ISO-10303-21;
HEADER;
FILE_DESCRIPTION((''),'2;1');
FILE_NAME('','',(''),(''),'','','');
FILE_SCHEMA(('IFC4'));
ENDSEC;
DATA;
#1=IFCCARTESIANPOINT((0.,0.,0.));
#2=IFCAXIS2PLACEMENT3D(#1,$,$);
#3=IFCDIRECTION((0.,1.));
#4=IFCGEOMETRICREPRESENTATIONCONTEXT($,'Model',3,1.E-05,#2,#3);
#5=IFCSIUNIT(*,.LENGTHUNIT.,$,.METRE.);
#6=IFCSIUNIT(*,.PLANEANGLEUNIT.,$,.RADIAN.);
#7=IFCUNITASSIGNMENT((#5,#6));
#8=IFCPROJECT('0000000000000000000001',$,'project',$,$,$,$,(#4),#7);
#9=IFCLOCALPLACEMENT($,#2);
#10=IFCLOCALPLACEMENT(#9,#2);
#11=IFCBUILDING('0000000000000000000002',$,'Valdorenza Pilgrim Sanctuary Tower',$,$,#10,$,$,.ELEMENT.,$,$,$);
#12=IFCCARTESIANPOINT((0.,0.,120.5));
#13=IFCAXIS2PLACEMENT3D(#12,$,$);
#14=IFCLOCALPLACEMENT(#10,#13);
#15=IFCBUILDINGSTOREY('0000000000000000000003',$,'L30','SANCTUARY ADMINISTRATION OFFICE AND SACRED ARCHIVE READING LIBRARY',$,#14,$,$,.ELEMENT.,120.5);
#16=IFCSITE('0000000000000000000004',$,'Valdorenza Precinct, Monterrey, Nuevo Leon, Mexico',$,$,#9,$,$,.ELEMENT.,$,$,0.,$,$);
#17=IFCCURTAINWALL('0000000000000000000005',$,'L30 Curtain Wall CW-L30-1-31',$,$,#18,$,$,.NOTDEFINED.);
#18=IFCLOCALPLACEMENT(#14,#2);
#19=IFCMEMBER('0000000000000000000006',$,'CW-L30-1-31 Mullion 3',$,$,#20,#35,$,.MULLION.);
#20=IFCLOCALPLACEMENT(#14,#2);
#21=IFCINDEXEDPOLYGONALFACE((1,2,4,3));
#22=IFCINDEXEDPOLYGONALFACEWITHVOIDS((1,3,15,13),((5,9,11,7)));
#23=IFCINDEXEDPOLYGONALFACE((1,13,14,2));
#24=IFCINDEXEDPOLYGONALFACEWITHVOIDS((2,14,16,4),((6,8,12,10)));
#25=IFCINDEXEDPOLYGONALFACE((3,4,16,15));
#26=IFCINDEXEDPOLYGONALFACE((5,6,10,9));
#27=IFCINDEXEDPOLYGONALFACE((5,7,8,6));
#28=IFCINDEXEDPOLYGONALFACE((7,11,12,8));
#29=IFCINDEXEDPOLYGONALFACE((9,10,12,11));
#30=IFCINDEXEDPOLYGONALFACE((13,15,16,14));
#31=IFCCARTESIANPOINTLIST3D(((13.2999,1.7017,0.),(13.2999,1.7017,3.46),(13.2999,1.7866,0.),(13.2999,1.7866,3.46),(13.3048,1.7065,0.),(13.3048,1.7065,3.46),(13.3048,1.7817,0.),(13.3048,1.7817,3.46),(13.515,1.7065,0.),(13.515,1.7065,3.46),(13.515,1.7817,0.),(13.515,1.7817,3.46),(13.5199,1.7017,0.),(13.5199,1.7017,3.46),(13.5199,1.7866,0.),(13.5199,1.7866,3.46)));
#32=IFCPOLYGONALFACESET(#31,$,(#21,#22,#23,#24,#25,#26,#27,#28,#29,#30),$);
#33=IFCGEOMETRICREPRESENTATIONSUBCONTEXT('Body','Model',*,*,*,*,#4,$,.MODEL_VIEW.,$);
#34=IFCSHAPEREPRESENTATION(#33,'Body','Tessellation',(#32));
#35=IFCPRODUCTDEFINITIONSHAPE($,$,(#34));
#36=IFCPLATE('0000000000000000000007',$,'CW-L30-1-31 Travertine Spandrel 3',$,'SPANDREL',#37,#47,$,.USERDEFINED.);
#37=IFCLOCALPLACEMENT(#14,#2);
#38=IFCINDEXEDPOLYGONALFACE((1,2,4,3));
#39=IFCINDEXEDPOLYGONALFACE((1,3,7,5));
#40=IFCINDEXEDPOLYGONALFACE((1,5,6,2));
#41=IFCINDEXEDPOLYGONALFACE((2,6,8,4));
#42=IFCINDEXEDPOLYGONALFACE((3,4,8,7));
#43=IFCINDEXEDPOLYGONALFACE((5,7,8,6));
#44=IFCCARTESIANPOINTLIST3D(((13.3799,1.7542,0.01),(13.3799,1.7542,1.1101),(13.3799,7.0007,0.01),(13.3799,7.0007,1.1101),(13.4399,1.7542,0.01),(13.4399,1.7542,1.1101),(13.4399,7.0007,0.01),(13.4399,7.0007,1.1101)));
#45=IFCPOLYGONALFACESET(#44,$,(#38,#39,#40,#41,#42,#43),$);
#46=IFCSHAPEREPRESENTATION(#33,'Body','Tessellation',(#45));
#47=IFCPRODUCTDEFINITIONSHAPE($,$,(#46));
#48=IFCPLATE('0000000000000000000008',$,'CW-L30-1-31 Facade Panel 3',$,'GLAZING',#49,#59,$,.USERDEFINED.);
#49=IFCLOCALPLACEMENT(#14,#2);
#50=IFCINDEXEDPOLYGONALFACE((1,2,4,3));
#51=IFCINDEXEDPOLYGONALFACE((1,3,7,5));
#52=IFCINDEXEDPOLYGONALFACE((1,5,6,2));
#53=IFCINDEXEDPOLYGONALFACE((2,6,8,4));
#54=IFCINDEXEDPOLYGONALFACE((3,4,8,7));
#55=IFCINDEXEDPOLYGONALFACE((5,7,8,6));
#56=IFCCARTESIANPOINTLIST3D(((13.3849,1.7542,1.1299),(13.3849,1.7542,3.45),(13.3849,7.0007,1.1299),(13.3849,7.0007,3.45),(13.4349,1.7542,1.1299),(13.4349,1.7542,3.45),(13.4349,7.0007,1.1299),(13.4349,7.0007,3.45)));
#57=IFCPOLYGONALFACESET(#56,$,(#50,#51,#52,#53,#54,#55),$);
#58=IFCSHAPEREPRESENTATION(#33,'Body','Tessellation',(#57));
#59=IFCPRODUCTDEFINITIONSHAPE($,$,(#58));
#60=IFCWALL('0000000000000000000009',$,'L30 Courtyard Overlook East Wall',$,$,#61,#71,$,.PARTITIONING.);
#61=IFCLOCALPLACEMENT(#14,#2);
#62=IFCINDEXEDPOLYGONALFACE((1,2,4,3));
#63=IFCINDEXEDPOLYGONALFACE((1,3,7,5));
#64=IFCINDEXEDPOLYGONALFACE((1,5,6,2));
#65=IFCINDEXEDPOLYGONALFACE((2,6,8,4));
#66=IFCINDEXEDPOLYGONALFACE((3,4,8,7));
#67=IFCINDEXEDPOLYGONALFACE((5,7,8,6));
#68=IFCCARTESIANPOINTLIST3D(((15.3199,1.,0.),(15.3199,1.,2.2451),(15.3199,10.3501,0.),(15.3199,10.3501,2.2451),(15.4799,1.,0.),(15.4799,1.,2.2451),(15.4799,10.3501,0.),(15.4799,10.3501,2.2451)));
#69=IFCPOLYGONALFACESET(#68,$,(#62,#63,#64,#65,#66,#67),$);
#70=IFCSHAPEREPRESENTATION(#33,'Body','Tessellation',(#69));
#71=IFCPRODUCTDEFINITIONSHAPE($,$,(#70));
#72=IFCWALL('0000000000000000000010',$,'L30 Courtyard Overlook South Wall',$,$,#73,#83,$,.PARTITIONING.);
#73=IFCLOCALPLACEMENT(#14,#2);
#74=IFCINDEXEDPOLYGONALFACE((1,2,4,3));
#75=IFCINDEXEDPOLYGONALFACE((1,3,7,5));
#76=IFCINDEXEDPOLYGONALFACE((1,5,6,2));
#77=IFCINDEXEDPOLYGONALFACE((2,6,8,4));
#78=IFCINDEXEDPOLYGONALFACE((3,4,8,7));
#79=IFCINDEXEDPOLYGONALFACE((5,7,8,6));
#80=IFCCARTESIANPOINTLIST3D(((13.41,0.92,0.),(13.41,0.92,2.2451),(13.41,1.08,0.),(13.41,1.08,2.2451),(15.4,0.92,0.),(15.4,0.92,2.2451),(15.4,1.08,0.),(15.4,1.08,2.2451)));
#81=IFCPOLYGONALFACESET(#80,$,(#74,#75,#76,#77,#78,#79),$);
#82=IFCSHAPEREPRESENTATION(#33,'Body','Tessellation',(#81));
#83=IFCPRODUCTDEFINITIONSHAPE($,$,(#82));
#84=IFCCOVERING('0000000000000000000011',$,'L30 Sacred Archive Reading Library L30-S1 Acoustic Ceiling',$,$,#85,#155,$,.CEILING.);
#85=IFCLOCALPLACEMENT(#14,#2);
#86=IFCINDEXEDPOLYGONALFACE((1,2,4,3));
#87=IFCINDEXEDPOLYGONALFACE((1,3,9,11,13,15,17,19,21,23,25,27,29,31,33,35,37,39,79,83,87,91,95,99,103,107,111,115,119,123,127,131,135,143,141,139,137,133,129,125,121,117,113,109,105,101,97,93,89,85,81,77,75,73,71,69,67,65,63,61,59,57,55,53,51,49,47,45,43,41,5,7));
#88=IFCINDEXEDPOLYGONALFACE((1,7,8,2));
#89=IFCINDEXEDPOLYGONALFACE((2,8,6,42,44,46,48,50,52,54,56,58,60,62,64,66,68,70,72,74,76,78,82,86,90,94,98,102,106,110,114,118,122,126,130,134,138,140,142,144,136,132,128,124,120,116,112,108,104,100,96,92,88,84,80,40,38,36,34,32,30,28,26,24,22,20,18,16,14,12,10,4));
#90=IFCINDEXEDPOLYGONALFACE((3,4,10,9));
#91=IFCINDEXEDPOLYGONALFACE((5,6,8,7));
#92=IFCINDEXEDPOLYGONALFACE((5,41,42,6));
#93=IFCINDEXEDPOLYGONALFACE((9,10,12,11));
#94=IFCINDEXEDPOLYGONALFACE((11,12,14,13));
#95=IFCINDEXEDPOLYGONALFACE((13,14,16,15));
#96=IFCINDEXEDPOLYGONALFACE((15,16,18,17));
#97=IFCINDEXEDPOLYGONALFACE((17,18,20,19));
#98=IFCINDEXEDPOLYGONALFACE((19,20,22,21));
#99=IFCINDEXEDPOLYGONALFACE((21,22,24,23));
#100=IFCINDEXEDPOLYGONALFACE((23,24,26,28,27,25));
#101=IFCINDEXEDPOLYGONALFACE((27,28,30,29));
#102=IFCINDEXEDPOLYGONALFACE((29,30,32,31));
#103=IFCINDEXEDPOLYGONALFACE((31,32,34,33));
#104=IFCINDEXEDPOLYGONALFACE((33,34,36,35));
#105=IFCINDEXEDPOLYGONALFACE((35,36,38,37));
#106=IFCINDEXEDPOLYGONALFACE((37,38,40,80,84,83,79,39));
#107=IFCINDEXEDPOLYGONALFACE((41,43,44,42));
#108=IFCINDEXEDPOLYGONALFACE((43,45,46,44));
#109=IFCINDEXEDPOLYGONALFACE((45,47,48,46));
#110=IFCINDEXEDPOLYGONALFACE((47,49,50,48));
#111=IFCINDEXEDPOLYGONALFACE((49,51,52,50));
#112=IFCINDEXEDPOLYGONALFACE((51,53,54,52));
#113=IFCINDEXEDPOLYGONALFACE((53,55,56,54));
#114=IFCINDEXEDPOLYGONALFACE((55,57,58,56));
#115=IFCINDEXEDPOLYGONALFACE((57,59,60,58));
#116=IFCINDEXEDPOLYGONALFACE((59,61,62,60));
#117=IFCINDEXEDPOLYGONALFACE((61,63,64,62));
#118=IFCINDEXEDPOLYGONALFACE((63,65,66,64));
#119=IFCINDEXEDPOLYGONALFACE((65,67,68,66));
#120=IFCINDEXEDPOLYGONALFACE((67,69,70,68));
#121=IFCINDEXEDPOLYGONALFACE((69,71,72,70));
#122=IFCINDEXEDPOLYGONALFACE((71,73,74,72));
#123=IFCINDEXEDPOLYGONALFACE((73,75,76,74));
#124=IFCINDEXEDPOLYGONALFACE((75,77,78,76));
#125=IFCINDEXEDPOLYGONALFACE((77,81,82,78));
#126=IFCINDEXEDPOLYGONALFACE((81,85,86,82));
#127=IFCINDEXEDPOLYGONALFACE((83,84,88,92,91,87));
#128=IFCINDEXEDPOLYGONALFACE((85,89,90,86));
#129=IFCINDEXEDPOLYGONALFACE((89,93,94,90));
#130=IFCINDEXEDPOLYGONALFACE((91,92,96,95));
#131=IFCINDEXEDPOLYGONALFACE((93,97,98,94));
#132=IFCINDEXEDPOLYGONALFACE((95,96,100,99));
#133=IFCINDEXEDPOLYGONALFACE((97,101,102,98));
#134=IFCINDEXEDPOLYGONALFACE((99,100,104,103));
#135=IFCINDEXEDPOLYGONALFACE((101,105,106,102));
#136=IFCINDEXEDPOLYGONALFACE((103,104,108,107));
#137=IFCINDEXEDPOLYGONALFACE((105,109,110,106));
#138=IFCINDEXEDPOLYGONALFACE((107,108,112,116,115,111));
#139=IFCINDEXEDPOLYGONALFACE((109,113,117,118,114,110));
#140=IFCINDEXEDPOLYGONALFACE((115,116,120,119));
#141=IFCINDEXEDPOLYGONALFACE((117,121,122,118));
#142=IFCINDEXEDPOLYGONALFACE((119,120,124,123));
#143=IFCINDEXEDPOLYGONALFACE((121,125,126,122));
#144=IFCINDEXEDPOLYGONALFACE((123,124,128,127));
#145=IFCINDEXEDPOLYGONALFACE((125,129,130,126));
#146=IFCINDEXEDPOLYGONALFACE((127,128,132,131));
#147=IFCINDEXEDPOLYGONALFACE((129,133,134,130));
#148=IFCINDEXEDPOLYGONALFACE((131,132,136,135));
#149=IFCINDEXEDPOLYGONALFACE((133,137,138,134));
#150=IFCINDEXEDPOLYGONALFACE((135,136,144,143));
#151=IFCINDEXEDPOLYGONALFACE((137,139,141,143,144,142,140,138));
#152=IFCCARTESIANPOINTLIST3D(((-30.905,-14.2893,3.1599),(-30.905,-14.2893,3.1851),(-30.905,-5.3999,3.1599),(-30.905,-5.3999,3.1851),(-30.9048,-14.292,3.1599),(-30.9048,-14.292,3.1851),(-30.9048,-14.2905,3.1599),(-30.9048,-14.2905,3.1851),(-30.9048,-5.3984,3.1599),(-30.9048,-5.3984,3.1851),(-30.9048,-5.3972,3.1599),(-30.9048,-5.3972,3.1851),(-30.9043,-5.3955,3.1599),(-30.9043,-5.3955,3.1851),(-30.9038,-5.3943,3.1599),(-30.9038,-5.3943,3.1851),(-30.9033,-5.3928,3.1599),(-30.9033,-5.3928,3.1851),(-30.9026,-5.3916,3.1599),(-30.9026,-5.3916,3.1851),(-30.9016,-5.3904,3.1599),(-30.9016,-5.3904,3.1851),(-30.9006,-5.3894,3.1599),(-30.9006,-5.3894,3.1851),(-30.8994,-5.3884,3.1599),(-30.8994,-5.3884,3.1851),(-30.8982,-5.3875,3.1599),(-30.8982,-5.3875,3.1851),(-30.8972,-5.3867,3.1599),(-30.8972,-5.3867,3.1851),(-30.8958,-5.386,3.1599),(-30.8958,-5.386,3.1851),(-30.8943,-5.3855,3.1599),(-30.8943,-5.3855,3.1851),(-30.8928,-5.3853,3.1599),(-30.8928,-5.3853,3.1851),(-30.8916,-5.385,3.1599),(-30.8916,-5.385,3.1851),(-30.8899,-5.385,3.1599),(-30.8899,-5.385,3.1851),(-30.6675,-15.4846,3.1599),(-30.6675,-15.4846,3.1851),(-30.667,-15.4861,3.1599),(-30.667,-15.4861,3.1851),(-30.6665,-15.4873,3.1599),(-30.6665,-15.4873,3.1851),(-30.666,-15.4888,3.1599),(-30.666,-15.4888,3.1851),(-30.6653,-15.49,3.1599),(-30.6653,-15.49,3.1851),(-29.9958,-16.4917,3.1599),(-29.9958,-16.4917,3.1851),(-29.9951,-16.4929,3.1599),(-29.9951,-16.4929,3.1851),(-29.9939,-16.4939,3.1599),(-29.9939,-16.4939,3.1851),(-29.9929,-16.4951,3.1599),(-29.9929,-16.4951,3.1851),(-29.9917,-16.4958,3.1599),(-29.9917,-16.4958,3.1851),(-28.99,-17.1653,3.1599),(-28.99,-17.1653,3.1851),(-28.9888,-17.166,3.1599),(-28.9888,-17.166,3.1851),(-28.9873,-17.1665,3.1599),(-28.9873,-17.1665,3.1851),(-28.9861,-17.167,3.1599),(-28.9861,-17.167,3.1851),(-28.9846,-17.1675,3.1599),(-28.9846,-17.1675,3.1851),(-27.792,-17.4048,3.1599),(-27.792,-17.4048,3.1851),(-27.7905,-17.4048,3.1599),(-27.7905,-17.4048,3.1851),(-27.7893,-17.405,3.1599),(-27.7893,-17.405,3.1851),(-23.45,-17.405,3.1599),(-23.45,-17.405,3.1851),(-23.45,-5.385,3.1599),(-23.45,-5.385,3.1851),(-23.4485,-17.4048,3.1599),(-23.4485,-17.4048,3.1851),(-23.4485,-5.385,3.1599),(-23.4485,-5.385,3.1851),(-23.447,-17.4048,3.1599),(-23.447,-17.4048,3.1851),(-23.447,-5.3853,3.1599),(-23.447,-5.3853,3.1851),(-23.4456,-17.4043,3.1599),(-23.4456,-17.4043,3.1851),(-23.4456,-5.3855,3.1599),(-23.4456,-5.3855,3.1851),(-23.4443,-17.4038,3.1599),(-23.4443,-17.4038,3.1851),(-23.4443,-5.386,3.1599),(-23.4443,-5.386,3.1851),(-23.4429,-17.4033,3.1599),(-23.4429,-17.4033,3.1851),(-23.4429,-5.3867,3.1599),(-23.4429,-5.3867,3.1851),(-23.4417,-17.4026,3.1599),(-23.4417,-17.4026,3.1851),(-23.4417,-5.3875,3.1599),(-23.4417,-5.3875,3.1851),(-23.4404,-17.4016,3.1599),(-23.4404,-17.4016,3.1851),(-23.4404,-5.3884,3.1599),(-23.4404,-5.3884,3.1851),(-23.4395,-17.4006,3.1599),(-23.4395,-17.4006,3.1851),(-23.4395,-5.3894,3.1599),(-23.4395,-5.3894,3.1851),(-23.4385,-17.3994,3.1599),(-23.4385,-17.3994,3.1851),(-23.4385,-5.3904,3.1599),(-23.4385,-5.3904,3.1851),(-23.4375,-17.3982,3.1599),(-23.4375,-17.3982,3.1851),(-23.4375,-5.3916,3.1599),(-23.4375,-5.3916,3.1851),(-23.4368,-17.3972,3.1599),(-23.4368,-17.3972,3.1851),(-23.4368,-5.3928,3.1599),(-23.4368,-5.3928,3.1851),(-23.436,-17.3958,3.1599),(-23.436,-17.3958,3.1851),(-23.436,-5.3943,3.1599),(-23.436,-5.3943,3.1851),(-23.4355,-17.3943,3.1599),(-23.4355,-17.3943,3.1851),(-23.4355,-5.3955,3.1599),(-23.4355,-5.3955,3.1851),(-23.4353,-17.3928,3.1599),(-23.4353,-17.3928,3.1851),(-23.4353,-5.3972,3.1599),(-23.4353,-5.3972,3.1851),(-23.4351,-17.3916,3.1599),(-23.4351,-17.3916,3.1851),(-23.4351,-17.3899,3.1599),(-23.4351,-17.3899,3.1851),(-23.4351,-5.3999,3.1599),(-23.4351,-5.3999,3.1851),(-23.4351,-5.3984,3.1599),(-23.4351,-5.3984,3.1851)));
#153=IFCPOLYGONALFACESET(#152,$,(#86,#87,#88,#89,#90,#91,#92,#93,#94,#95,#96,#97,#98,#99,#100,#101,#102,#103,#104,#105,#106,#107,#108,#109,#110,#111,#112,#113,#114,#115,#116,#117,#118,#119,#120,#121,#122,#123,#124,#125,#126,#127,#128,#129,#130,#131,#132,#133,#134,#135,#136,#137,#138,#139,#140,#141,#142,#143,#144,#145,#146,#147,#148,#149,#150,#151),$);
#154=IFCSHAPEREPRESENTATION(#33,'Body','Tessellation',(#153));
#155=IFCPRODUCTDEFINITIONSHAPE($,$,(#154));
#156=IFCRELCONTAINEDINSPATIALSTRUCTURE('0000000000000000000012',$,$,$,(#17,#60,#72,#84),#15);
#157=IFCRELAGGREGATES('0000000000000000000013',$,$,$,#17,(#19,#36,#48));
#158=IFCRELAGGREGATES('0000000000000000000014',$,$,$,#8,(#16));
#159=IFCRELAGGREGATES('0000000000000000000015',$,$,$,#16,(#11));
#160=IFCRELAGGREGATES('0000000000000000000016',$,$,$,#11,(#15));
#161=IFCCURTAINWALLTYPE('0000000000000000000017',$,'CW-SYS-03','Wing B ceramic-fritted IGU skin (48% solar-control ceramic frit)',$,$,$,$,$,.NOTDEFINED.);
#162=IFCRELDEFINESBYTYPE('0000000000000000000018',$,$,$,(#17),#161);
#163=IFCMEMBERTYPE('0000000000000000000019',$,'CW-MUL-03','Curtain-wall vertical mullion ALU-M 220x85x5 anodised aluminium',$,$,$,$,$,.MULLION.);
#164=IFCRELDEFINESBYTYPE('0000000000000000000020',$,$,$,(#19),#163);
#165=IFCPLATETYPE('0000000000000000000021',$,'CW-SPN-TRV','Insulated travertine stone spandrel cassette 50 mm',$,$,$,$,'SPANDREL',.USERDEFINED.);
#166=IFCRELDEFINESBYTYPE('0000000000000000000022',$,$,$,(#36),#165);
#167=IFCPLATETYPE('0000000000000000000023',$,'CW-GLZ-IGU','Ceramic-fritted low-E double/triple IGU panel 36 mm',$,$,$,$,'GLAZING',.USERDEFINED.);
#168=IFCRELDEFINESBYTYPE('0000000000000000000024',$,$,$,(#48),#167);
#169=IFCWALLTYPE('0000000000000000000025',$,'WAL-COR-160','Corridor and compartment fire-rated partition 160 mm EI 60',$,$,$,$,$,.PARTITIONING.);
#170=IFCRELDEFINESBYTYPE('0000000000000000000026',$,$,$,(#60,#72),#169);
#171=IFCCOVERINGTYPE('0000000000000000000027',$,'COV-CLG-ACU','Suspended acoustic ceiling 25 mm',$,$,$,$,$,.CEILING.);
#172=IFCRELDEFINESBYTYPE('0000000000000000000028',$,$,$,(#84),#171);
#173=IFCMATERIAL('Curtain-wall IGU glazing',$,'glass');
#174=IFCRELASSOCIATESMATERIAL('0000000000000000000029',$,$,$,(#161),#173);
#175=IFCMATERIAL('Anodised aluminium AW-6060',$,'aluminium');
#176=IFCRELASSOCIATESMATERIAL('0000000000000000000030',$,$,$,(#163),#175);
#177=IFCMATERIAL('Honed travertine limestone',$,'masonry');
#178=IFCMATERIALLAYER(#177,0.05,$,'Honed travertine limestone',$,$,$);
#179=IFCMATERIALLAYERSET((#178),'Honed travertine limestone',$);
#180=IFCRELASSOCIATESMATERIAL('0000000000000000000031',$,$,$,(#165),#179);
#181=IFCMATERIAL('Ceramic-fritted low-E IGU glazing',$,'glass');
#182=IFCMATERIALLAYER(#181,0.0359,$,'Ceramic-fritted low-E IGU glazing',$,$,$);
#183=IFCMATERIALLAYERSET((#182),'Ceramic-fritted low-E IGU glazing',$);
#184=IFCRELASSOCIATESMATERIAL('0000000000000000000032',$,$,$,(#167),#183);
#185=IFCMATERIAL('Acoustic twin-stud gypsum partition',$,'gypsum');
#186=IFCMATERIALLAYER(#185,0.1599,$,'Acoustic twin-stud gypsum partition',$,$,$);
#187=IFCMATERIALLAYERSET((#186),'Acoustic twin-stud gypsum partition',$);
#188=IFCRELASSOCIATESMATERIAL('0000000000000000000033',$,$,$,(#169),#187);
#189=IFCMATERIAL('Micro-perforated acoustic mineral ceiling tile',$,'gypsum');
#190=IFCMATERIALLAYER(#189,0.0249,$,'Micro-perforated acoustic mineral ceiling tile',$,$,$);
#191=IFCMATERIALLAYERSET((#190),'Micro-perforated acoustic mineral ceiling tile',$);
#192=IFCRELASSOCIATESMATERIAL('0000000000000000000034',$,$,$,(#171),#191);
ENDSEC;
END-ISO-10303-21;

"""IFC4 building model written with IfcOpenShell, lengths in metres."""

from ifc_helpers import new_model, si_unit, direction, frame, frame_2d, origin, origin_2d, place, context, subcontext, project, spatial, polyline, rectangle, hollow_rectangle, outline, extrude, source, transform, mapped, material, layer, layer_set, material_profile, profile_set, type_object, element, aggregate, save


model = new_model("IFC4")

# Units and contexts
model_context = context("Model", 3, precision=1e-05, world=origin(), true_north=direction((0.0, 1.0)))
body_context = subcontext(model_context, "Body", "Model", "MODEL_VIEW")
ifc_project = project(units=[si_unit("LENGTHUNIT", "METRE"), si_unit("PLANEANGLEUNIT", "RADIAN")], contexts=[model_context])

# Site, building, storey
site_placement = place(None, origin())
site = spatial("IfcSite", under=ifc_project, at=site_placement, Name="Valdorenza Precinct, Monterrey, Nuevo Leon, Mexico", CompositionType="ELEMENT", RefElevation=0.0)
building_placement = place(site_placement, origin())
building = spatial("IfcBuilding", under=site, at=building_placement, Name="Valdorenza Pilgrim Sanctuary Tower", CompositionType="ELEMENT")
storey_placement = place(building_placement, frame((0.0, 0.0, 120.5)))
storey = spatial("IfcBuildingStorey", under=building, at=storey_placement, Name="L30", Description="SANCTUARY ADMINISTRATION OFFICE AND SACRED ARCHIVE READING LIBRARY", CompositionType="ELEMENT", Elevation=120.5)

# Curtain wall, member, plates
ifc_material_1 = material(Name="Curtain-wall IGU glazing", Category="glass")
curtain_wall_type = type_object("IfcCurtainWallType", Name="CW-SYS-03", Description="Wing B ceramic-fritted IGU skin (48% solar-control ceramic frit)", PredefinedType="NOTDEFINED", material=ifc_material_1)
curtain_wall_placement = place(storey_placement, origin())
curtain_wall = element("IfcCurtainWall", 1, at=curtain_wall_placement, inside=storey, type_object=curtain_wall_type, Name="L30 Curtain Wall CW-L30-1-31", PredefinedType="NOTDEFINED")
ifc_material_2 = material(Name="Anodised aluminium AW-6060", Category="aluminium")
ifc_material_profile = material_profile(ifc_material_2, hollow_rectangle(XDim=0.085, YDim=0.22, WallThickness=0.0049, at=origin_2d()), Name="ALU-M 220x85x5")
ifc_profile_set = profile_set([ifc_material_profile], Name="Anodised aluminium AW-6060")
member_type = type_object("IfcMemberType", Name="CW-MUL-03", Description="Curtain-wall vertical mullion ALU-M 220x85x5 anodised aluminium", PredefinedType="MULLION", material=ifc_profile_set)
shared_shape_1 = source(origin(), body_context, "Body", "SweptSolid", [
    extrude(hollow_rectangle(XDim=0.085, YDim=0.22, WallThickness=0.0049, at=origin_2d()), origin(), (0.0, 0.0, 1.0), 3.46),
])
member_placement = place(storey_placement, frame((13.4099, 1.7441, 0.0), z_axis=(0.0, 0.0, 1.0), x_axis=(0.0, 1.0, 0.0)))
member = element("IfcMember", 2, at=member_placement, type_object=member_type, Name="CW-L30-1-31 Mullion 3", PredefinedType="MULLION", context=body_context, shape_type="MappedRepresentation", body=[
    mapped(shared_shape_1, transform((0.0, 0.0, 0.0), x_axis=(1.0, 0.0, 0.0), y_axis=(0.0, 1.0, 0.0), z_axis=(0.0, 0.0, 1.0), scale=1.0)),
])
ifc_material_3 = material(Name="Honed travertine limestone", Category="masonry")
ifc_layer_1 = layer(ifc_material_3, 0.05, Name="Honed travertine limestone")
ifc_layer_set_1 = layer_set([ifc_layer_1], Name="Honed travertine limestone")
plate_type_1 = type_object("IfcPlateType", Name="CW-SPN-TRV", Description="Insulated travertine stone spandrel cassette 50 mm", ElementType="SPANDREL", PredefinedType="USERDEFINED", material=ifc_layer_set_1)
shared_shape_2 = source(origin(), body_context, "Body", "SweptSolid", [
    extrude(rectangle(XDim=5.2466, YDim=0.0601, at=origin_2d()), origin(), (0.0, 0.0, 1.0), 1.1001),
])
plate_1_placement = place(storey_placement, frame((13.4099, 4.3774, 0.01), z_axis=(0.0, 0.0, 1.0), x_axis=(0.0, 1.0, 0.0)))
plate_1 = element("IfcPlate", 3, at=plate_1_placement, type_object=plate_type_1, Name="CW-L30-1-31 Travertine Spandrel 3", ObjectType="SPANDREL", PredefinedType="USERDEFINED", context=body_context, shape_type="MappedRepresentation", body=[
    mapped(shared_shape_2, transform((0.0, 0.0, 0.0), x_axis=(1.0, 0.0, 0.0), y_axis=(0.0, 1.0, 0.0), z_axis=(0.0, 0.0, 1.0), scale=1.0)),
])
ifc_material_4 = material(Name="Ceramic-fritted low-E IGU glazing", Category="glass")
ifc_layer_2 = layer(ifc_material_4, 0.0359, Name="Ceramic-fritted low-E IGU glazing")
ifc_layer_set_2 = layer_set([ifc_layer_2], Name="Ceramic-fritted low-E IGU glazing")
plate_type_2 = type_object("IfcPlateType", Name="CW-GLZ-IGU", Description="Ceramic-fritted low-E double/triple IGU panel 36 mm", ElementType="GLAZING", PredefinedType="USERDEFINED", material=ifc_layer_set_2)
shared_shape_3 = source(origin(), body_context, "Body", "SweptSolid", [
    extrude(rectangle(XDim=5.2466, YDim=0.05, at=origin_2d()), origin(), (0.0, 0.0, 1.0), 2.3201),
])
plate_2_placement = place(storey_placement, frame((13.4099, 4.3774, 1.1299), z_axis=(0.0, 0.0, 1.0), x_axis=(0.0, 1.0, 0.0)))
plate_2 = element("IfcPlate", 4, at=plate_2_placement, type_object=plate_type_2, Name="CW-L30-1-31 Facade Panel 3", ObjectType="GLAZING", PredefinedType="USERDEFINED", context=body_context, shape_type="MappedRepresentation", body=[
    mapped(shared_shape_3, transform((0.0, 0.0, 0.0), x_axis=(1.0, 0.0, 0.0), y_axis=(0.0, 1.0, 0.0), z_axis=(0.0, 0.0, 1.0), scale=1.0)),
])
aggregate(curtain_wall, [member, plate_1, plate_2])

# Walls
ifc_material_5 = material(Name="Acoustic twin-stud gypsum partition", Category="gypsum")
ifc_layer_3 = layer(ifc_material_5, 0.1599, Name="Acoustic twin-stud gypsum partition")
ifc_layer_set_3 = layer_set([ifc_layer_3], Name="Acoustic twin-stud gypsum partition")
wall_type = type_object("IfcWallType", Name="WAL-COR-160", Description="Corridor and compartment fire-rated partition 160 mm EI 60", PredefinedType="PARTITIONING", material=ifc_layer_set_3)
wall_1_placement = place(storey_placement, frame((15.3999, 1.0, 0.0), z_axis=(0.0, 0.0, 1.0), x_axis=(0.0, 1.0, 0.0)))
element("IfcWall", 5, at=wall_1_placement, inside=storey, type_object=wall_type, Name="L30 Courtyard Overlook East Wall", PredefinedType="PARTITIONING", context=body_context, shape_type="SweptSolid", body=[
    extrude(rectangle(XDim=9.3501, YDim=0.1599, at=frame_2d((4.675, 0.0))), origin(), (0.0, 0.0, 1.0), 2.2451),
])
wall_2_placement = place(storey_placement, frame((13.4099, 1.0, 0.0), z_axis=(0.0, 0.0, 1.0), x_axis=(1.0, 0.0, 0.0)))
element("IfcWall", 6, at=wall_2_placement, inside=storey, type_object=wall_type, Name="L30 Courtyard Overlook South Wall", PredefinedType="PARTITIONING", context=body_context, shape_type="SweptSolid", body=[
    extrude(rectangle(XDim=1.99, YDim=0.1599, at=frame_2d((0.9951, 0.0))), origin(), (0.0, 0.0, 1.0), 2.2451),
])

# Covering
ifc_material_6 = material(Name="Micro-perforated acoustic mineral ceiling tile", Category="gypsum")
ifc_layer_4 = layer(ifc_material_6, 0.0249, Name="Micro-perforated acoustic mineral ceiling tile")
ifc_layer_set_4 = layer_set([ifc_layer_4], Name="Micro-perforated acoustic mineral ceiling tile")
covering_type_1 = type_object("IfcCoveringType", Name="COV-CLG-ACU", Description="Suspended acoustic ceiling 25 mm", PredefinedType="CEILING", material=ifc_layer_set_4)
covering_1_placement = place(storey_placement, frame((0.0, 0.0, 3.1599)))
element("IfcCovering", 7, at=covering_1_placement, inside=storey, type_object=covering_type_1, Name="L30 Sacred Archive Reading Library L30-S1 Acoustic Ceiling", PredefinedType="CEILING", context=body_context, shape_type="SweptSolid", body=[
    extrude(outline(polyline([(-23.4351, -17.3899), (-23.4351, -17.3916), (-23.4353, -17.3928), (-23.4355, -17.3943), (-23.436, -17.3958), (-23.4368, -17.3972), (-23.4375, -17.3982), (-23.4385, -17.3994), (-23.4395, -17.4006), (-23.4404, -17.4016), (-23.4417, -17.4026), (-23.4429, -17.4033), (-23.4443, -17.4038), (-23.4456, -17.4043), (-23.447, -17.4048), (-23.4485, -17.4048), (-23.45, -17.405), (-27.7893, -17.405), (-27.7905, -17.4048), (-27.792, -17.4048), (-28.9846, -17.1675), (-28.9861, -17.167), (-28.9873, -17.1665), (-28.9888, -17.166), (-28.99, -17.1653), (-29.9917, -16.4958), (-29.9929, -16.4951), (-29.9939, -16.4939), (-29.9951, -16.4929), (-29.9958, -16.4917), (-30.6653, -15.49), (-30.666, -15.4888), (-30.6665, -15.4873), (-30.667, -15.4861), (-30.6675, -15.4846), (-30.9048, -14.292), (-30.9048, -14.2905), (-30.905, -14.2893), (-30.905, -5.3999), (-30.9048, -5.3984), (-30.9048, -5.3972), (-30.9043, -5.3955), (-30.9038, -5.3943), (-30.9033, -5.3928), (-30.9026, -5.3916), (-30.9016, -5.3904), (-30.9006, -5.3894), (-30.8994, -5.3884), (-30.8982, -5.3875), (-30.8972, -5.3867), (-30.8958, -5.386), (-30.8943, -5.3855), (-30.8928, -5.3853), (-30.8916, -5.385), (-30.8899, -5.385), (-23.45, -5.385), (-23.4485, -5.385), (-23.447, -5.3853), (-23.4456, -5.3855), (-23.4443, -5.386), (-23.4429, -5.3867), (-23.4417, -5.3875), (-23.4404, -5.3884), (-23.4395, -5.3894), (-23.4385, -5.3904), (-23.4375, -5.3916), (-23.4368, -5.3928), (-23.436, -5.3943), (-23.4355, -5.3955), (-23.4353, -5.3972), (-23.4351, -5.3984), (-23.4351, -5.3999), (-23.4351, -17.3899)])), origin(), (0.0, 0.0, 1.0), 0.0251),
])

save(model, "model.ifc")
